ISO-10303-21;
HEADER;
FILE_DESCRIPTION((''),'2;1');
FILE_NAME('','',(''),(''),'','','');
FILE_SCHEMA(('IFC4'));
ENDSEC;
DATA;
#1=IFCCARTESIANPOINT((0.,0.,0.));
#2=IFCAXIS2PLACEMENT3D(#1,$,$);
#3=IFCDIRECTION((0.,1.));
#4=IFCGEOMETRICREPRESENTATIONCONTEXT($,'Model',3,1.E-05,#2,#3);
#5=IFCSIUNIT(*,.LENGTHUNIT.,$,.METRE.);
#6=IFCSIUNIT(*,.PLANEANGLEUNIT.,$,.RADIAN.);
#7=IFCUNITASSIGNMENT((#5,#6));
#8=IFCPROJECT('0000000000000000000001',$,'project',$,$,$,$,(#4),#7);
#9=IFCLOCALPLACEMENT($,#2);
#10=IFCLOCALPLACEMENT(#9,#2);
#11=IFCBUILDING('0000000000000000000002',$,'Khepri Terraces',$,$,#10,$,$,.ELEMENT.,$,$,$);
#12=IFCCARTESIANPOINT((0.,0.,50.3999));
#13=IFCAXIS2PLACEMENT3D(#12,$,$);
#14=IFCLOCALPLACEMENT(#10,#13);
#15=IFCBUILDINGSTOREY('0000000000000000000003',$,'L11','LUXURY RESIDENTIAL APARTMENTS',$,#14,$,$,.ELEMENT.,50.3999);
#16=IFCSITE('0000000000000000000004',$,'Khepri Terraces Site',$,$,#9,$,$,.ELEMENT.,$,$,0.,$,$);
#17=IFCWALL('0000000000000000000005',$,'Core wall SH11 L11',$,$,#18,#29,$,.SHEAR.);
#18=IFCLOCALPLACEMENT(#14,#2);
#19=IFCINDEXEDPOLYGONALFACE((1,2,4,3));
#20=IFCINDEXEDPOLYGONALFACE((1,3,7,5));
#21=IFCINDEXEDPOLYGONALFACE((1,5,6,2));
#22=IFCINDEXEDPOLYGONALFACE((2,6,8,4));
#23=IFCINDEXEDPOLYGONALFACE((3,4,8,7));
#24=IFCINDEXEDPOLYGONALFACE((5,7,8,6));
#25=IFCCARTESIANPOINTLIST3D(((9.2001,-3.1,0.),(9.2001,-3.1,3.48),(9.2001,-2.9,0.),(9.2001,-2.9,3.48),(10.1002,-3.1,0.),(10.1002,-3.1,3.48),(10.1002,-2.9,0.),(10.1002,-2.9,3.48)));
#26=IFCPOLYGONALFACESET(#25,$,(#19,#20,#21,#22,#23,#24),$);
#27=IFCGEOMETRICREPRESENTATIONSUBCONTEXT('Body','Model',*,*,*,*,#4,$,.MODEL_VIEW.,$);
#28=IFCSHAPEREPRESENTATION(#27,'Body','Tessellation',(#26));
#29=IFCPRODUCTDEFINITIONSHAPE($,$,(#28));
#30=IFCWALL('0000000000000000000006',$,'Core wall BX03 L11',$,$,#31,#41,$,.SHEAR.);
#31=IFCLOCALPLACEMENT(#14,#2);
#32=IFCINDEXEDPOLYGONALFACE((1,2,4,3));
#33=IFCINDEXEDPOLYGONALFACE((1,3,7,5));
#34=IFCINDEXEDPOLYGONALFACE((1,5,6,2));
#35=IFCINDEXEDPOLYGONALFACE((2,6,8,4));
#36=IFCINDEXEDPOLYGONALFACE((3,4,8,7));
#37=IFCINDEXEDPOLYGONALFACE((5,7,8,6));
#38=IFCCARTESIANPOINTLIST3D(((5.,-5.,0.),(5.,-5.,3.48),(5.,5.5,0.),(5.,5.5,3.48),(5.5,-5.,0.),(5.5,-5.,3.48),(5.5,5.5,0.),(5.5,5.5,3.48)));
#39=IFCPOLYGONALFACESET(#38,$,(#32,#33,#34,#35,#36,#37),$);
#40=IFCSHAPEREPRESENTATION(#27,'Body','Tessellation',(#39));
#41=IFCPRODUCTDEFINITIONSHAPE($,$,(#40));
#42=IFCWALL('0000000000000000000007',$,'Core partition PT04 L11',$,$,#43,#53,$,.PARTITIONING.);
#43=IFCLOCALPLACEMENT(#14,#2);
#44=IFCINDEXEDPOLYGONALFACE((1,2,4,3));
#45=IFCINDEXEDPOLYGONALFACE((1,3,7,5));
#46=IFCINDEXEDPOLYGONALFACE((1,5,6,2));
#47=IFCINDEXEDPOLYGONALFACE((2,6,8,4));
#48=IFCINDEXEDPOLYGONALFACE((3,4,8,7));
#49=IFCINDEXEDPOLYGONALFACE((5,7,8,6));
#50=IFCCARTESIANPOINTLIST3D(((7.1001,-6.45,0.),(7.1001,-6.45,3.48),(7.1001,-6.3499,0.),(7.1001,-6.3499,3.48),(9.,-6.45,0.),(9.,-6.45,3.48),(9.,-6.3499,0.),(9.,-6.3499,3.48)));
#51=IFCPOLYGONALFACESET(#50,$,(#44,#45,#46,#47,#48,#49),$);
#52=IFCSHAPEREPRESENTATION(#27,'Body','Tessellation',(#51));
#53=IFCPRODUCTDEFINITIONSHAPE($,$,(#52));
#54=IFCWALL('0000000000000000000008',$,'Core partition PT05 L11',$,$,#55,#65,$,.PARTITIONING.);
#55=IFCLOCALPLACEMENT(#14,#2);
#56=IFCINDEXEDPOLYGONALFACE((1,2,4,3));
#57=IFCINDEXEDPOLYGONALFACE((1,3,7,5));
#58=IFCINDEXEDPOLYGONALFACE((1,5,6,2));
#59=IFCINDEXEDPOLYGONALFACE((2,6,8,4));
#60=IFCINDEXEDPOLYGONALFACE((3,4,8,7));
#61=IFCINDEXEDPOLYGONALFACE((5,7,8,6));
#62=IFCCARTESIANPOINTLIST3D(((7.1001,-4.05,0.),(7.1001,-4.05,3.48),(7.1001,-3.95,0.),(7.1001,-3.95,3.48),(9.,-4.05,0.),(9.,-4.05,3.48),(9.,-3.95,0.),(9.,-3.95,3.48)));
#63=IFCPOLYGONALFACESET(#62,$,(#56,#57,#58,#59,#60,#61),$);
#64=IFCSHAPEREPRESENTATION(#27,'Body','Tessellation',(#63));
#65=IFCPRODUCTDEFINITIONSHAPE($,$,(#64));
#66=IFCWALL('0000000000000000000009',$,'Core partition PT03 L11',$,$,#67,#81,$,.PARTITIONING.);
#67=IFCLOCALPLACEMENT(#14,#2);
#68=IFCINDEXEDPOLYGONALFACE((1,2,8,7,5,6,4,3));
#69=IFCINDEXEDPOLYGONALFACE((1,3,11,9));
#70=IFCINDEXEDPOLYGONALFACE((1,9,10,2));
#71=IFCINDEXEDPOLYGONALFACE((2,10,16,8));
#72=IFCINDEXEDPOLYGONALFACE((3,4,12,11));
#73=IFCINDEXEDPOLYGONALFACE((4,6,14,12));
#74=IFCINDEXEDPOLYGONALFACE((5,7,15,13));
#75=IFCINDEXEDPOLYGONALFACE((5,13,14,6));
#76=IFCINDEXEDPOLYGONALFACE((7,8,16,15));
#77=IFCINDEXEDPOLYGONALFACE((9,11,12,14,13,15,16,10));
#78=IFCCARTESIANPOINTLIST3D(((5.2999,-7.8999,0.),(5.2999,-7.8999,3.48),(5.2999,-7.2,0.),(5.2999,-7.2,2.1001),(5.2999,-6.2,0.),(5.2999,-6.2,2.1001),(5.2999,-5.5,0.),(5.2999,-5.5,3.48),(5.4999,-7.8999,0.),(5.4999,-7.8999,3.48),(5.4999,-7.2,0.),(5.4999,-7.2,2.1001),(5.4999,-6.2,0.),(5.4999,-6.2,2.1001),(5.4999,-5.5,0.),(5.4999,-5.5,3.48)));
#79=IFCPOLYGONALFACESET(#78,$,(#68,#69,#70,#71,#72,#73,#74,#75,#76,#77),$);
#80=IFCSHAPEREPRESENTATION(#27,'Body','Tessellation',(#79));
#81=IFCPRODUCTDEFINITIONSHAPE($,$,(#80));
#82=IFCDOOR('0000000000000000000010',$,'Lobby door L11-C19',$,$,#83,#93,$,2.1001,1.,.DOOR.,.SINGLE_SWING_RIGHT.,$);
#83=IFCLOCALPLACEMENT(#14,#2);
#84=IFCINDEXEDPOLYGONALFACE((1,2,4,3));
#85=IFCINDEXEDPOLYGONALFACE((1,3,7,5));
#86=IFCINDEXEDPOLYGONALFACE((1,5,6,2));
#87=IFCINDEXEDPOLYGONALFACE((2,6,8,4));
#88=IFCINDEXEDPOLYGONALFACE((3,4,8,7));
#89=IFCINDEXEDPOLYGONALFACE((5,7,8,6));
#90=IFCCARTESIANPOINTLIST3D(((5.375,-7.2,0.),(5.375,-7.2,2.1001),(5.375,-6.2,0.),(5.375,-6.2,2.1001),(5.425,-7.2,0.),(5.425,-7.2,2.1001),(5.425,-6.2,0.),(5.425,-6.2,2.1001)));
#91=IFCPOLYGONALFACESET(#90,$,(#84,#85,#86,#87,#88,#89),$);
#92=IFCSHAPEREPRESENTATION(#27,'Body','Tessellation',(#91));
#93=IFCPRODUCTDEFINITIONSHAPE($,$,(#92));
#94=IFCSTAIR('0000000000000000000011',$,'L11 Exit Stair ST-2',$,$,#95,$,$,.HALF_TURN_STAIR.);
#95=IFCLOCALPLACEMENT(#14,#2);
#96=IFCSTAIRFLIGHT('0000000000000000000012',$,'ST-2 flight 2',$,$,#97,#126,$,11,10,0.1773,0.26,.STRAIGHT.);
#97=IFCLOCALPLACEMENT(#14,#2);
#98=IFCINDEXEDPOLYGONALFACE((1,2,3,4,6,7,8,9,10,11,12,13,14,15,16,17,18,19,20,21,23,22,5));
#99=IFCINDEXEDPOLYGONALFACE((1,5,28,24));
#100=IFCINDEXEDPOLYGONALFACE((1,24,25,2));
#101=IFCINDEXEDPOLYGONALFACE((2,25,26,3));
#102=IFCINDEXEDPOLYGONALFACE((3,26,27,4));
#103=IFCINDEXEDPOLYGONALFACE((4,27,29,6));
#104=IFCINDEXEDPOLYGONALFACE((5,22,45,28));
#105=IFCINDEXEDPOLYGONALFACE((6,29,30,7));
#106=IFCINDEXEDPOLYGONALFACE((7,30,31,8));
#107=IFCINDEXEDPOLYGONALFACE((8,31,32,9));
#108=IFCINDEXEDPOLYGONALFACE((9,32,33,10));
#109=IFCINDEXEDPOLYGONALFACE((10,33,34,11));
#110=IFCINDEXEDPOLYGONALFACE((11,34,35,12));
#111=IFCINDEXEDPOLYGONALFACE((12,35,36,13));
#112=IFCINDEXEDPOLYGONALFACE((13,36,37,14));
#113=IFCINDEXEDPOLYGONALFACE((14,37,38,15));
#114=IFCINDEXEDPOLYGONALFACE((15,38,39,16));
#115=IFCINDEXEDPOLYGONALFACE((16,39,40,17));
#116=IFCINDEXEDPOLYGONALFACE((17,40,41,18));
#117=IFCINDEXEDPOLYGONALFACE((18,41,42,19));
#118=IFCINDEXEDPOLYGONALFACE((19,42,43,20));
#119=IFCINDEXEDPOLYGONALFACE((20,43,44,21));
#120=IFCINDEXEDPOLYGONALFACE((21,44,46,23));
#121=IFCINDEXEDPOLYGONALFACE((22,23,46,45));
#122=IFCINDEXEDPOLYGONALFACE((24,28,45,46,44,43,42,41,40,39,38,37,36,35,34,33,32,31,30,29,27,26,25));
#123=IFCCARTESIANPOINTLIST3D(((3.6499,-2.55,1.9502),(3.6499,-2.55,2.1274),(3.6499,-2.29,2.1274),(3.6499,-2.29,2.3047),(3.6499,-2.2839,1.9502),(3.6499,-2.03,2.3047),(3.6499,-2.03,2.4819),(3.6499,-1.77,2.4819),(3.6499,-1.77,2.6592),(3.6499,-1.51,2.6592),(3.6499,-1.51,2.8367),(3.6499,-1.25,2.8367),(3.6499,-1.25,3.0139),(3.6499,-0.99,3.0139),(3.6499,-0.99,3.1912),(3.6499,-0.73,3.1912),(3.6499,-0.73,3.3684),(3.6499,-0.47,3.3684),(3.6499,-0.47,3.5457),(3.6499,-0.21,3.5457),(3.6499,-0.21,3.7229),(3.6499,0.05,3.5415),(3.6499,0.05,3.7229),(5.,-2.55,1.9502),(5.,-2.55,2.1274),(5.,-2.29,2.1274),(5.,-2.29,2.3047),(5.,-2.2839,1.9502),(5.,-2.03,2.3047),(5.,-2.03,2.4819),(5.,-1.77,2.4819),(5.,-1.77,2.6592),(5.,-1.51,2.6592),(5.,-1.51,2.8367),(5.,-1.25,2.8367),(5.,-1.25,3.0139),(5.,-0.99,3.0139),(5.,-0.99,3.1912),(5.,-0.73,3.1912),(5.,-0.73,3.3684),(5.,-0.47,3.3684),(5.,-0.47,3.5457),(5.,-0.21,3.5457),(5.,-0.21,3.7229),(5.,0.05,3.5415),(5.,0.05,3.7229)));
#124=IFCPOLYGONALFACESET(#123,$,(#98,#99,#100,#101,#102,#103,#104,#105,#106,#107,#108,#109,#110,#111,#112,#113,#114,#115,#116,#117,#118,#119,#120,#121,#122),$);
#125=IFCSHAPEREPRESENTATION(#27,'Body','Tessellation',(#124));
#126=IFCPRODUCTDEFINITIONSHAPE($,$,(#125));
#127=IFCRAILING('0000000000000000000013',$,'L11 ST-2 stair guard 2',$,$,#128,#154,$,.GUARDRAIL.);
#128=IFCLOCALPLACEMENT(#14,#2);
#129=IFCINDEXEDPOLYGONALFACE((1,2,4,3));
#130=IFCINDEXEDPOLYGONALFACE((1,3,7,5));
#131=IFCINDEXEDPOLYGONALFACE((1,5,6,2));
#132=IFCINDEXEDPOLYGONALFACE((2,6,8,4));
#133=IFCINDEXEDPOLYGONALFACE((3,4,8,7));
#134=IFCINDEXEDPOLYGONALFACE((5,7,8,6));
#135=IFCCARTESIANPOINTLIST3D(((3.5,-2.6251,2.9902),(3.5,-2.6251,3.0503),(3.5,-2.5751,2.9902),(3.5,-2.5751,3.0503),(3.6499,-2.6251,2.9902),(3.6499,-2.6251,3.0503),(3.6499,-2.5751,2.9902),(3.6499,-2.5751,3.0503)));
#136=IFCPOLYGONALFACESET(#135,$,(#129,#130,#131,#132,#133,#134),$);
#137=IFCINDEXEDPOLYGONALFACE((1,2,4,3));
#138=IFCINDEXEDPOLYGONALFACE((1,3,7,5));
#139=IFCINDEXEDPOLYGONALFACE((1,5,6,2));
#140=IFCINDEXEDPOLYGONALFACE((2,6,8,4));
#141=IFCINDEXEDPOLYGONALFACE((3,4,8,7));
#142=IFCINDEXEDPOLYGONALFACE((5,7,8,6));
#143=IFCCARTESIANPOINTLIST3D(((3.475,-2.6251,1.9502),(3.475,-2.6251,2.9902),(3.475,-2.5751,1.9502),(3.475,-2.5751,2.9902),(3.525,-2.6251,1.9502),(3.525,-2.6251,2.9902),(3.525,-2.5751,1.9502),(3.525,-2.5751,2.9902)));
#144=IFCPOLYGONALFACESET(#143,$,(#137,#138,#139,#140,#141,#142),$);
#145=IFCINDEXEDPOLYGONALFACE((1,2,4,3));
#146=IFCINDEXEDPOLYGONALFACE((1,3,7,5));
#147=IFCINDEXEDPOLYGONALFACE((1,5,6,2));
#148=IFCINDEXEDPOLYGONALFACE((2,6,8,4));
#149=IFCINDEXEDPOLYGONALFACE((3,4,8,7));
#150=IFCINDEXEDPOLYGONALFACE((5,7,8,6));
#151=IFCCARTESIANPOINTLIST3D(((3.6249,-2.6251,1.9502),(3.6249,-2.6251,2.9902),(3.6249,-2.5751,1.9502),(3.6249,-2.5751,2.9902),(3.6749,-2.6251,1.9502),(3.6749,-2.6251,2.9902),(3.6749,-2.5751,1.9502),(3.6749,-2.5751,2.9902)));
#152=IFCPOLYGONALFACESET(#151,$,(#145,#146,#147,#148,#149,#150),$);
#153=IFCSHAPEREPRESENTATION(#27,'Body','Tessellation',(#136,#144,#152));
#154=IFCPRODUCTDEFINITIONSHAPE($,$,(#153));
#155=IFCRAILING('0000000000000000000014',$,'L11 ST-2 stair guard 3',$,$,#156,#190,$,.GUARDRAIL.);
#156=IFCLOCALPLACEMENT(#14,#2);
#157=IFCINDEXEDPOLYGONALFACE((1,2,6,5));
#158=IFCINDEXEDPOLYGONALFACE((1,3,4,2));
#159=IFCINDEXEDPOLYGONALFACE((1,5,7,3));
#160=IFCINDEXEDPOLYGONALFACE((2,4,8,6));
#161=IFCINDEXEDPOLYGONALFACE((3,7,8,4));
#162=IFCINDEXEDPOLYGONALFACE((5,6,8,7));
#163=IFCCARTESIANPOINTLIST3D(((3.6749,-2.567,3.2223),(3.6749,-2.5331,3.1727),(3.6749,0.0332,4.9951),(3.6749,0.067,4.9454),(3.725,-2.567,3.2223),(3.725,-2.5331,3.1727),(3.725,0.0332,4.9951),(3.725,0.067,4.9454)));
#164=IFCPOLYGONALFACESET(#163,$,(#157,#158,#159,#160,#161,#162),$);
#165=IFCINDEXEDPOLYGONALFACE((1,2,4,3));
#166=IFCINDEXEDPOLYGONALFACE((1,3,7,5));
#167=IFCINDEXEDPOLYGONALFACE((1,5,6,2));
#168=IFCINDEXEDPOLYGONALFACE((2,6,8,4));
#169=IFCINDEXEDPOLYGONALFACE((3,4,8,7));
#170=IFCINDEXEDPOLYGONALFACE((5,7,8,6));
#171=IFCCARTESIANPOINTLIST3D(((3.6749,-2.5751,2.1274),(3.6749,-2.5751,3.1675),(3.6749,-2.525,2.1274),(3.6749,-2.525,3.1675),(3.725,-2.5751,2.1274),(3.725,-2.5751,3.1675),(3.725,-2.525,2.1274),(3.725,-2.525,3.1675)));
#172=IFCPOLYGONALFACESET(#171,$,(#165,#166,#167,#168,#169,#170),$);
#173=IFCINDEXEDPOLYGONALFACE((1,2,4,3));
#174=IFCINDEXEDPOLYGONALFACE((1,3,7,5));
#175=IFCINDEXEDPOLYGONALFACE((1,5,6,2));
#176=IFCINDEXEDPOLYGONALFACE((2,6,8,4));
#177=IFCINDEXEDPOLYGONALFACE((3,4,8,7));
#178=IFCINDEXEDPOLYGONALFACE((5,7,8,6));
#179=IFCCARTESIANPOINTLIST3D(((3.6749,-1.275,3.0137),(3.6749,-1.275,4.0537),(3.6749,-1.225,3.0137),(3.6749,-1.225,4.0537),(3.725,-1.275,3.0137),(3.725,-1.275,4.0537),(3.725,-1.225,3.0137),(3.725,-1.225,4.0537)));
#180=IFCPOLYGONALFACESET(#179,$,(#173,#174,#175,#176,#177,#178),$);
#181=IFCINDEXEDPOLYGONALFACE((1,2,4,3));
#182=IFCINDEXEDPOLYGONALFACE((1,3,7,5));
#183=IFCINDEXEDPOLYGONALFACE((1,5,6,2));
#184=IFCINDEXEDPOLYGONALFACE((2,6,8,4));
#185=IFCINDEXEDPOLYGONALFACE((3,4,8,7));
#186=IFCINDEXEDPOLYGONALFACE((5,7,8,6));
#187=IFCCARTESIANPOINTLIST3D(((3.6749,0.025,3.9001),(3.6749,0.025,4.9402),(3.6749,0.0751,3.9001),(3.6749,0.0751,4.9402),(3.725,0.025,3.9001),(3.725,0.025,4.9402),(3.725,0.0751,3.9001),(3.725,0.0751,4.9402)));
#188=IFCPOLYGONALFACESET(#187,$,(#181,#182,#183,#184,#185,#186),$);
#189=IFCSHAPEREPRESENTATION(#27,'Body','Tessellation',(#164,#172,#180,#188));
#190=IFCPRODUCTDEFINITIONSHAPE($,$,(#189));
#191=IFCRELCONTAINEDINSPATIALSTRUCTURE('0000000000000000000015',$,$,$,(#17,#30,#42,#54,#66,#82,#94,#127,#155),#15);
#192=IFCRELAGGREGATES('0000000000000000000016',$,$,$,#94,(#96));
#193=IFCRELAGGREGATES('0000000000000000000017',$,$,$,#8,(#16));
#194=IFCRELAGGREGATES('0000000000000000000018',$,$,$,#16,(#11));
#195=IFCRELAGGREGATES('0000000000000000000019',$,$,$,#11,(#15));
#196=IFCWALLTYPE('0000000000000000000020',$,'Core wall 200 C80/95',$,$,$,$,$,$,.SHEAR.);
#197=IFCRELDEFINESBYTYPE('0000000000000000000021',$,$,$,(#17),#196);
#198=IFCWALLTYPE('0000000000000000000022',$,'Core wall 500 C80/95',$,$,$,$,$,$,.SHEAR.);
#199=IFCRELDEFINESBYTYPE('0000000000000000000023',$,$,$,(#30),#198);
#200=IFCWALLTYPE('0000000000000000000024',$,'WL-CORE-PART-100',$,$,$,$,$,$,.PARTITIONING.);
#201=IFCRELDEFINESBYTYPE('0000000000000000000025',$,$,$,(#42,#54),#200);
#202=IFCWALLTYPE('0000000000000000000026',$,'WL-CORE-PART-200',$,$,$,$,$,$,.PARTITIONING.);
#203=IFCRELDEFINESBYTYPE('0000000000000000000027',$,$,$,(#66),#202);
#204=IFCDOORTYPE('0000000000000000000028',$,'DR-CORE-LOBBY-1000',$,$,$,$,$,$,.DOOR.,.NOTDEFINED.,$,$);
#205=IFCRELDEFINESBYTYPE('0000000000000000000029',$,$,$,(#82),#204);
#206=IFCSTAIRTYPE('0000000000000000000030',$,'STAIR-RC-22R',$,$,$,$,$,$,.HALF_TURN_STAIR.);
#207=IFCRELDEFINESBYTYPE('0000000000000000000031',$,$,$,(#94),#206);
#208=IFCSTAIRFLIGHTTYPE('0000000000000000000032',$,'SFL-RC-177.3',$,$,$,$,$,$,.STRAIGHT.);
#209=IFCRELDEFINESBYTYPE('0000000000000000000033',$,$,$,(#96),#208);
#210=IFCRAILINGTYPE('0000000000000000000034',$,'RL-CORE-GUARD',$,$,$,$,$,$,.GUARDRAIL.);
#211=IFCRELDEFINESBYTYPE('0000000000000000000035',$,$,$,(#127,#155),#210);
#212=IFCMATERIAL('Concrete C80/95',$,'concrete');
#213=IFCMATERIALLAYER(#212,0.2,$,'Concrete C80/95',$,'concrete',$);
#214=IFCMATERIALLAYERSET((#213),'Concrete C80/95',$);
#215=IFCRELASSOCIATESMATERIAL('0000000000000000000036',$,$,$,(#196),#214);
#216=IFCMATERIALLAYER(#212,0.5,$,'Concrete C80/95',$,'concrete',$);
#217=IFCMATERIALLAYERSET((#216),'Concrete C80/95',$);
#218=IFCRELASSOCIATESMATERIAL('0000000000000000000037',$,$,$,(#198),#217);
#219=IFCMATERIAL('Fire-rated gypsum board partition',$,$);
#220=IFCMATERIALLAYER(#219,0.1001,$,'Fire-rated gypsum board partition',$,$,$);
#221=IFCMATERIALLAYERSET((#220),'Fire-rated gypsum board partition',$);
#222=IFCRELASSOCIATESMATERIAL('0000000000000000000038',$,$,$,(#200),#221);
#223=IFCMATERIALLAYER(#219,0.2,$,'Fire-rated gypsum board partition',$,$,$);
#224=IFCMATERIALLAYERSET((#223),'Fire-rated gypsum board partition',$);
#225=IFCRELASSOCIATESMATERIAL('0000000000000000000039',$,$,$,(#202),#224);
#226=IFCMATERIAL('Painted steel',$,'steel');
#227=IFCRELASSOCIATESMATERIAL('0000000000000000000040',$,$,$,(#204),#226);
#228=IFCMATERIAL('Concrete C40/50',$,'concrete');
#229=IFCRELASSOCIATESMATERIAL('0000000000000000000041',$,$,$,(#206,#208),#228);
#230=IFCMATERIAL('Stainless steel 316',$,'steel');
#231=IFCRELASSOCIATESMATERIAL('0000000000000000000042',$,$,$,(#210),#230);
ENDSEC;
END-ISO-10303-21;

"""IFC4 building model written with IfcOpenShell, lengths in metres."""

from ifc_helpers import new_model, si_unit, direction, frame, frame_2d, origin, origin_2d, place, context, subcontext, project, spatial, polyline, rectangle, outline, extrude, material, layer, layer_set, type_object, element, fill, aggregate, save


model = new_model("IFC4")

# Units and contexts
model_context = context("Model", 3, precision=1e-05, world=origin(), true_north=direction((0.0, 1.0)))
body_context = subcontext(model_context, "Body", "Model", "MODEL_VIEW")
ifc_project = project(units=[si_unit("LENGTHUNIT", "METRE"), si_unit("PLANEANGLEUNIT", "RADIAN")], contexts=[model_context])

# Site, building, storey
site_placement = place(None, origin())
site = spatial("IfcSite", under=ifc_project, at=site_placement, Name="Khepri Terraces Site", CompositionType="ELEMENT", RefElevation=0.0)
building_placement = place(site_placement, origin())
building = spatial("IfcBuilding", under=site, at=building_placement, Name="Khepri Terraces", CompositionType="ELEMENT")
storey_placement = place(building_placement, frame((0.0, 0.0, 50.3999)))
storey = spatial("IfcBuildingStorey", under=building, at=storey_placement, Name="L11", Description="LUXURY RESIDENTIAL APARTMENTS", CompositionType="ELEMENT", Elevation=50.3999)

# Shared definitions
ifc_material_1 = material(Name="Concrete C80/95", Category="concrete")
ifc_layer_1 = layer(ifc_material_1, 0.2, Name="Concrete C80/95", Category="concrete")
ifc_layer_set_1 = layer_set([ifc_layer_1], Name="Concrete C80/95")
wall_type_1 = type_object("IfcWallType", Name="Core wall 200 C80/95", PredefinedType="SHEAR", material=ifc_layer_set_1)
ifc_material_2 = material(Name="Painted steel", Category="steel")

# Walls
wall_1_placement = place(storey_placement, frame((9.2, -3.0, 0.0), z_axis=(0.0, 0.0, 1.0), x_axis=(1.0, 0.0, 0.0)))
element("IfcWall", 1, at=wall_1_placement, inside=storey, type_object=wall_type_1, Name="Core wall SH11 L11", PredefinedType="SHEAR", context=body_context, shape_type="SweptSolid", body=[
    extrude(rectangle(XDim=0.9001, YDim=0.2, at=frame_2d((0.4502, 0.0))), origin(), (0.0, 0.0, 1.0), 3.48),
])
ifc_layer_2 = layer(ifc_material_1, 0.5, Name="Concrete C80/95", Category="concrete")
ifc_layer_set_2 = layer_set([ifc_layer_2], Name="Concrete C80/95")
wall_type_2 = type_object("IfcWallType", Name="Core wall 500 C80/95", PredefinedType="SHEAR", material=ifc_layer_set_2)
wall_2_placement = place(storey_placement, frame((5.25, -5.0, 0.0), z_axis=(0.0, 0.0, 1.0), x_axis=(0.0, 1.0, 0.0)))
element("IfcWall", 2, at=wall_2_placement, inside=storey, type_object=wall_type_2, Name="Core wall BX03 L11", PredefinedType="SHEAR", context=body_context, shape_type="SweptSolid", body=[
    extrude(rectangle(XDim=10.5, YDim=0.5, at=frame_2d((5.25, 0.0))), origin(), (0.0, 0.0, 1.0), 3.48),
])
ifc_material_3 = material(Name="Fire-rated gypsum board partition")
ifc_layer_3 = layer(ifc_material_3, 0.1001, Name="Fire-rated gypsum board partition")
ifc_layer_set_3 = layer_set([ifc_layer_3], Name="Fire-rated gypsum board partition")
wall_type_3 = type_object("IfcWallType", Name="WL-CORE-PART-100", PredefinedType="PARTITIONING", material=ifc_layer_set_3)
for number, where, z_axis, x_axis, name in (
    (3, (7.1001, -6.3999, 0.0), (0.0, 0.0, 1.0), (1.0, 0.0, 0.0), "Core partition PT04 L11"),
    (4, (7.1001, -4.0, 0.0), (0.0, 0.0, 1.0), (1.0, 0.0, 0.0), "Core partition PT05 L11"),
):
    element("IfcWall", number, at=place(storey_placement, frame(where, z_axis=z_axis, x_axis=x_axis)), inside=storey, type_object=wall_type_3, Name=name, PredefinedType="PARTITIONING", context=body_context, shape_type="SweptSolid", body=[
        extrude(rectangle(XDim=1.8999, YDim=0.1001, at=frame_2d((0.95, 0.0))), origin(), (0.0, 0.0, 1.0), 3.48),
    ])

# Wall, opening, door
ifc_layer_4 = layer(ifc_material_3, 0.2, Name="Fire-rated gypsum board partition")
ifc_layer_set_4 = layer_set([ifc_layer_4], Name="Fire-rated gypsum board partition")
wall_type_4 = type_object("IfcWallType", Name="WL-CORE-PART-200", PredefinedType="PARTITIONING", material=ifc_layer_set_4)
wall_3_placement = place(storey_placement, frame((5.3999, -7.8999, 0.0), z_axis=(0.0, 0.0, 1.0), x_axis=(0.0, 1.0, 0.0)))
wall_3 = element("IfcWall", 5, at=wall_3_placement, inside=storey, type_object=wall_type_4, Name="Core partition PT03 L11", PredefinedType="PARTITIONING", context=body_context, shape_type="SweptSolid", body=[
    extrude(rectangle(XDim=2.3999, YDim=0.2, at=frame_2d((1.2, 0.0))), origin(), (0.0, 0.0, 1.0), 3.48),
])
opening_1_placement = place(wall_3_placement, frame((0.7, 0.0, 0.0)))
opening_1 = element("IfcOpeningElement", 6, at=opening_1_placement, cuts=wall_3, PredefinedType="OPENING", context=body_context, shape_type="SweptSolid", body=[
    extrude(rectangle(XDim=1.0, YDim=2.1001, at=frame_2d((0.5, 1.05))), frame((0.0, 0.1099, 0.0), z_axis=(0.0, -1.0, 0.0), x_axis=(1.0, 0.0, 0.0)), (0.0, 0.0, 1.0), 0.22),
])
door_type_1 = type_object("IfcDoorType", Name="DR-CORE-LOBBY-1000", OperationType="NOTDEFINED", PredefinedType="DOOR", material=ifc_material_2)
door_1_placement = place(opening_1_placement, origin())
door_1 = element("IfcDoor", 7, at=door_1_placement, inside=storey, type_object=door_type_1, Name="Lobby door L11-C19", OperationType="SINGLE_SWING_RIGHT", OverallHeight=2.1001, OverallWidth=1.0, PredefinedType="DOOR", context=body_context, shape_type="SweptSolid", body=[
    extrude(rectangle(XDim=1.0, YDim=2.1001, at=frame_2d((0.5, 1.05))), frame((0.0, 0.0249, 0.0), z_axis=(0.0, -1.0, 0.0), x_axis=(1.0, 0.0, 0.0)), (0.0, 0.0, 1.0), 0.05),
])
fill(opening_1, door_1)

# Stair, stair flight
ifc_material_4 = material(Name="Concrete C40/50", Category="concrete")
stair_type = type_object("IfcStairType", Name="STAIR-RC-22R", PredefinedType="HALF_TURN_STAIR", material=ifc_material_4)
stair_placement = place(storey_placement, origin())
stair = element("IfcStair", 8, at=stair_placement, inside=storey, type_object=stair_type, Name="L11 Exit Stair ST-2", PredefinedType="HALF_TURN_STAIR")
stair_flight_type = type_object("IfcStairFlightType", Name="SFL-RC-177.3", PredefinedType="STRAIGHT", material=ifc_material_4)
stair_flight_placement = place(storey_placement, frame((4.325, -2.55, 1.9502), z_axis=(0.0, 0.0, 1.0), x_axis=(0.0, 1.0, 0.0)))
stair_flight = element("IfcStairFlight", 9, at=stair_flight_placement, type_object=stair_flight_type, Name="ST-2 flight 2", NumberOfRisers=11, NumberOfTreads=10, PredefinedType="STRAIGHT", RiserHeight=0.1773, TreadLength=0.26, context=body_context, shape_type="SweptSolid", body=[
    extrude(outline(polyline([(0.0, 0.0), (0.0, 0.1772), (0.26, 0.1772), (0.26, 0.3545), (0.52, 0.3545), (0.52, 0.5317), (0.78, 0.5317), (0.78, 0.709), (1.04, 0.709), (1.04, 0.8865), (1.3, 0.8865), (1.3, 1.0637), (1.5601, 1.0637), (1.5601, 1.241), (1.8201, 1.241), (1.8201, 1.4182), (2.0801, 1.4182), (2.0801, 1.5955), (2.3401, 1.5955), (2.3401, 1.7727), (2.6001, 1.7727), (2.6001, 1.95), (2.6001, 1.5913), (0.2661, 0.0), (0.0, 0.0)])), frame((0.0, 0.675, 0.0), z_axis=(0.0, -1.0, 0.0), x_axis=(1.0, 0.0, 0.0)), (0.0, 0.0, 1.0), 1.3501),
])
aggregate(stair, [stair_flight])

# Railings
ifc_material_5 = material(Name="Stainless steel 316", Category="steel")
railing_type_1 = type_object("IfcRailingType", Name="RL-CORE-GUARD", PredefinedType="GUARDRAIL", material=ifc_material_5)
railing_1_placement = place(storey_placement, frame((3.5, -2.6001, 1.9502)))
element("IfcRailing", 10, at=railing_1_placement, inside=storey, type_object=railing_type_1, Name="L11 ST-2 stair guard 2", PredefinedType="GUARDRAIL", context=body_context, shape_type="SweptSolid", body=[
    extrude(rectangle(XDim=0.05, YDim=0.0601, at=origin_2d()), frame((0.0, 0.0, 1.0701), z_axis=(1.0, 0.0, 0.0), x_axis=(0.0, 1.0, 0.0)), (0.0, 0.0, 1.0), 0.1499),
    extrude(rectangle(XDim=0.05, YDim=0.05, at=origin_2d()), origin(), (0.0, 0.0, 1.0), 1.04),
    extrude(rectangle(XDim=0.05, YDim=0.05, at=origin_2d()), frame((0.1499, 0.0, 0.0)), (0.0, 0.0, 1.0), 1.04),
])
railing_2_placement = place(storey_placement, frame((3.7, -2.55, 2.1274)))
element("IfcRailing", 11, at=railing_2_placement, inside=storey, type_object=railing_type_1, Name="L11 ST-2 stair guard 3", PredefinedType="GUARDRAIL", context=body_context, shape_type="SweptSolid", body=[
    extrude(rectangle(XDim=0.05, YDim=0.0601, at=origin_2d()), frame((0.0, 0.0, 1.0701), z_axis=(0.0, 0.82624, 0.563318), x_axis=(-1.0, 0.0, 0.0)), (0.0, 0.0, 1.0), 3.147),
    extrude(rectangle(XDim=0.05, YDim=0.05, at=origin_2d()), origin(), (0.0, 0.0, 1.0), 1.04),
    extrude(rectangle(XDim=0.05, YDim=0.05, at=origin_2d()), frame((0.0, 1.3, 0.8862)), (0.0, 0.0, 1.0), 1.04),
    extrude(rectangle(XDim=0.05, YDim=0.05, at=origin_2d()), frame((0.0, 2.6001, 1.7727)), (0.0, 0.0, 1.0), 1.04),
])

save(model, "model.ifc")
